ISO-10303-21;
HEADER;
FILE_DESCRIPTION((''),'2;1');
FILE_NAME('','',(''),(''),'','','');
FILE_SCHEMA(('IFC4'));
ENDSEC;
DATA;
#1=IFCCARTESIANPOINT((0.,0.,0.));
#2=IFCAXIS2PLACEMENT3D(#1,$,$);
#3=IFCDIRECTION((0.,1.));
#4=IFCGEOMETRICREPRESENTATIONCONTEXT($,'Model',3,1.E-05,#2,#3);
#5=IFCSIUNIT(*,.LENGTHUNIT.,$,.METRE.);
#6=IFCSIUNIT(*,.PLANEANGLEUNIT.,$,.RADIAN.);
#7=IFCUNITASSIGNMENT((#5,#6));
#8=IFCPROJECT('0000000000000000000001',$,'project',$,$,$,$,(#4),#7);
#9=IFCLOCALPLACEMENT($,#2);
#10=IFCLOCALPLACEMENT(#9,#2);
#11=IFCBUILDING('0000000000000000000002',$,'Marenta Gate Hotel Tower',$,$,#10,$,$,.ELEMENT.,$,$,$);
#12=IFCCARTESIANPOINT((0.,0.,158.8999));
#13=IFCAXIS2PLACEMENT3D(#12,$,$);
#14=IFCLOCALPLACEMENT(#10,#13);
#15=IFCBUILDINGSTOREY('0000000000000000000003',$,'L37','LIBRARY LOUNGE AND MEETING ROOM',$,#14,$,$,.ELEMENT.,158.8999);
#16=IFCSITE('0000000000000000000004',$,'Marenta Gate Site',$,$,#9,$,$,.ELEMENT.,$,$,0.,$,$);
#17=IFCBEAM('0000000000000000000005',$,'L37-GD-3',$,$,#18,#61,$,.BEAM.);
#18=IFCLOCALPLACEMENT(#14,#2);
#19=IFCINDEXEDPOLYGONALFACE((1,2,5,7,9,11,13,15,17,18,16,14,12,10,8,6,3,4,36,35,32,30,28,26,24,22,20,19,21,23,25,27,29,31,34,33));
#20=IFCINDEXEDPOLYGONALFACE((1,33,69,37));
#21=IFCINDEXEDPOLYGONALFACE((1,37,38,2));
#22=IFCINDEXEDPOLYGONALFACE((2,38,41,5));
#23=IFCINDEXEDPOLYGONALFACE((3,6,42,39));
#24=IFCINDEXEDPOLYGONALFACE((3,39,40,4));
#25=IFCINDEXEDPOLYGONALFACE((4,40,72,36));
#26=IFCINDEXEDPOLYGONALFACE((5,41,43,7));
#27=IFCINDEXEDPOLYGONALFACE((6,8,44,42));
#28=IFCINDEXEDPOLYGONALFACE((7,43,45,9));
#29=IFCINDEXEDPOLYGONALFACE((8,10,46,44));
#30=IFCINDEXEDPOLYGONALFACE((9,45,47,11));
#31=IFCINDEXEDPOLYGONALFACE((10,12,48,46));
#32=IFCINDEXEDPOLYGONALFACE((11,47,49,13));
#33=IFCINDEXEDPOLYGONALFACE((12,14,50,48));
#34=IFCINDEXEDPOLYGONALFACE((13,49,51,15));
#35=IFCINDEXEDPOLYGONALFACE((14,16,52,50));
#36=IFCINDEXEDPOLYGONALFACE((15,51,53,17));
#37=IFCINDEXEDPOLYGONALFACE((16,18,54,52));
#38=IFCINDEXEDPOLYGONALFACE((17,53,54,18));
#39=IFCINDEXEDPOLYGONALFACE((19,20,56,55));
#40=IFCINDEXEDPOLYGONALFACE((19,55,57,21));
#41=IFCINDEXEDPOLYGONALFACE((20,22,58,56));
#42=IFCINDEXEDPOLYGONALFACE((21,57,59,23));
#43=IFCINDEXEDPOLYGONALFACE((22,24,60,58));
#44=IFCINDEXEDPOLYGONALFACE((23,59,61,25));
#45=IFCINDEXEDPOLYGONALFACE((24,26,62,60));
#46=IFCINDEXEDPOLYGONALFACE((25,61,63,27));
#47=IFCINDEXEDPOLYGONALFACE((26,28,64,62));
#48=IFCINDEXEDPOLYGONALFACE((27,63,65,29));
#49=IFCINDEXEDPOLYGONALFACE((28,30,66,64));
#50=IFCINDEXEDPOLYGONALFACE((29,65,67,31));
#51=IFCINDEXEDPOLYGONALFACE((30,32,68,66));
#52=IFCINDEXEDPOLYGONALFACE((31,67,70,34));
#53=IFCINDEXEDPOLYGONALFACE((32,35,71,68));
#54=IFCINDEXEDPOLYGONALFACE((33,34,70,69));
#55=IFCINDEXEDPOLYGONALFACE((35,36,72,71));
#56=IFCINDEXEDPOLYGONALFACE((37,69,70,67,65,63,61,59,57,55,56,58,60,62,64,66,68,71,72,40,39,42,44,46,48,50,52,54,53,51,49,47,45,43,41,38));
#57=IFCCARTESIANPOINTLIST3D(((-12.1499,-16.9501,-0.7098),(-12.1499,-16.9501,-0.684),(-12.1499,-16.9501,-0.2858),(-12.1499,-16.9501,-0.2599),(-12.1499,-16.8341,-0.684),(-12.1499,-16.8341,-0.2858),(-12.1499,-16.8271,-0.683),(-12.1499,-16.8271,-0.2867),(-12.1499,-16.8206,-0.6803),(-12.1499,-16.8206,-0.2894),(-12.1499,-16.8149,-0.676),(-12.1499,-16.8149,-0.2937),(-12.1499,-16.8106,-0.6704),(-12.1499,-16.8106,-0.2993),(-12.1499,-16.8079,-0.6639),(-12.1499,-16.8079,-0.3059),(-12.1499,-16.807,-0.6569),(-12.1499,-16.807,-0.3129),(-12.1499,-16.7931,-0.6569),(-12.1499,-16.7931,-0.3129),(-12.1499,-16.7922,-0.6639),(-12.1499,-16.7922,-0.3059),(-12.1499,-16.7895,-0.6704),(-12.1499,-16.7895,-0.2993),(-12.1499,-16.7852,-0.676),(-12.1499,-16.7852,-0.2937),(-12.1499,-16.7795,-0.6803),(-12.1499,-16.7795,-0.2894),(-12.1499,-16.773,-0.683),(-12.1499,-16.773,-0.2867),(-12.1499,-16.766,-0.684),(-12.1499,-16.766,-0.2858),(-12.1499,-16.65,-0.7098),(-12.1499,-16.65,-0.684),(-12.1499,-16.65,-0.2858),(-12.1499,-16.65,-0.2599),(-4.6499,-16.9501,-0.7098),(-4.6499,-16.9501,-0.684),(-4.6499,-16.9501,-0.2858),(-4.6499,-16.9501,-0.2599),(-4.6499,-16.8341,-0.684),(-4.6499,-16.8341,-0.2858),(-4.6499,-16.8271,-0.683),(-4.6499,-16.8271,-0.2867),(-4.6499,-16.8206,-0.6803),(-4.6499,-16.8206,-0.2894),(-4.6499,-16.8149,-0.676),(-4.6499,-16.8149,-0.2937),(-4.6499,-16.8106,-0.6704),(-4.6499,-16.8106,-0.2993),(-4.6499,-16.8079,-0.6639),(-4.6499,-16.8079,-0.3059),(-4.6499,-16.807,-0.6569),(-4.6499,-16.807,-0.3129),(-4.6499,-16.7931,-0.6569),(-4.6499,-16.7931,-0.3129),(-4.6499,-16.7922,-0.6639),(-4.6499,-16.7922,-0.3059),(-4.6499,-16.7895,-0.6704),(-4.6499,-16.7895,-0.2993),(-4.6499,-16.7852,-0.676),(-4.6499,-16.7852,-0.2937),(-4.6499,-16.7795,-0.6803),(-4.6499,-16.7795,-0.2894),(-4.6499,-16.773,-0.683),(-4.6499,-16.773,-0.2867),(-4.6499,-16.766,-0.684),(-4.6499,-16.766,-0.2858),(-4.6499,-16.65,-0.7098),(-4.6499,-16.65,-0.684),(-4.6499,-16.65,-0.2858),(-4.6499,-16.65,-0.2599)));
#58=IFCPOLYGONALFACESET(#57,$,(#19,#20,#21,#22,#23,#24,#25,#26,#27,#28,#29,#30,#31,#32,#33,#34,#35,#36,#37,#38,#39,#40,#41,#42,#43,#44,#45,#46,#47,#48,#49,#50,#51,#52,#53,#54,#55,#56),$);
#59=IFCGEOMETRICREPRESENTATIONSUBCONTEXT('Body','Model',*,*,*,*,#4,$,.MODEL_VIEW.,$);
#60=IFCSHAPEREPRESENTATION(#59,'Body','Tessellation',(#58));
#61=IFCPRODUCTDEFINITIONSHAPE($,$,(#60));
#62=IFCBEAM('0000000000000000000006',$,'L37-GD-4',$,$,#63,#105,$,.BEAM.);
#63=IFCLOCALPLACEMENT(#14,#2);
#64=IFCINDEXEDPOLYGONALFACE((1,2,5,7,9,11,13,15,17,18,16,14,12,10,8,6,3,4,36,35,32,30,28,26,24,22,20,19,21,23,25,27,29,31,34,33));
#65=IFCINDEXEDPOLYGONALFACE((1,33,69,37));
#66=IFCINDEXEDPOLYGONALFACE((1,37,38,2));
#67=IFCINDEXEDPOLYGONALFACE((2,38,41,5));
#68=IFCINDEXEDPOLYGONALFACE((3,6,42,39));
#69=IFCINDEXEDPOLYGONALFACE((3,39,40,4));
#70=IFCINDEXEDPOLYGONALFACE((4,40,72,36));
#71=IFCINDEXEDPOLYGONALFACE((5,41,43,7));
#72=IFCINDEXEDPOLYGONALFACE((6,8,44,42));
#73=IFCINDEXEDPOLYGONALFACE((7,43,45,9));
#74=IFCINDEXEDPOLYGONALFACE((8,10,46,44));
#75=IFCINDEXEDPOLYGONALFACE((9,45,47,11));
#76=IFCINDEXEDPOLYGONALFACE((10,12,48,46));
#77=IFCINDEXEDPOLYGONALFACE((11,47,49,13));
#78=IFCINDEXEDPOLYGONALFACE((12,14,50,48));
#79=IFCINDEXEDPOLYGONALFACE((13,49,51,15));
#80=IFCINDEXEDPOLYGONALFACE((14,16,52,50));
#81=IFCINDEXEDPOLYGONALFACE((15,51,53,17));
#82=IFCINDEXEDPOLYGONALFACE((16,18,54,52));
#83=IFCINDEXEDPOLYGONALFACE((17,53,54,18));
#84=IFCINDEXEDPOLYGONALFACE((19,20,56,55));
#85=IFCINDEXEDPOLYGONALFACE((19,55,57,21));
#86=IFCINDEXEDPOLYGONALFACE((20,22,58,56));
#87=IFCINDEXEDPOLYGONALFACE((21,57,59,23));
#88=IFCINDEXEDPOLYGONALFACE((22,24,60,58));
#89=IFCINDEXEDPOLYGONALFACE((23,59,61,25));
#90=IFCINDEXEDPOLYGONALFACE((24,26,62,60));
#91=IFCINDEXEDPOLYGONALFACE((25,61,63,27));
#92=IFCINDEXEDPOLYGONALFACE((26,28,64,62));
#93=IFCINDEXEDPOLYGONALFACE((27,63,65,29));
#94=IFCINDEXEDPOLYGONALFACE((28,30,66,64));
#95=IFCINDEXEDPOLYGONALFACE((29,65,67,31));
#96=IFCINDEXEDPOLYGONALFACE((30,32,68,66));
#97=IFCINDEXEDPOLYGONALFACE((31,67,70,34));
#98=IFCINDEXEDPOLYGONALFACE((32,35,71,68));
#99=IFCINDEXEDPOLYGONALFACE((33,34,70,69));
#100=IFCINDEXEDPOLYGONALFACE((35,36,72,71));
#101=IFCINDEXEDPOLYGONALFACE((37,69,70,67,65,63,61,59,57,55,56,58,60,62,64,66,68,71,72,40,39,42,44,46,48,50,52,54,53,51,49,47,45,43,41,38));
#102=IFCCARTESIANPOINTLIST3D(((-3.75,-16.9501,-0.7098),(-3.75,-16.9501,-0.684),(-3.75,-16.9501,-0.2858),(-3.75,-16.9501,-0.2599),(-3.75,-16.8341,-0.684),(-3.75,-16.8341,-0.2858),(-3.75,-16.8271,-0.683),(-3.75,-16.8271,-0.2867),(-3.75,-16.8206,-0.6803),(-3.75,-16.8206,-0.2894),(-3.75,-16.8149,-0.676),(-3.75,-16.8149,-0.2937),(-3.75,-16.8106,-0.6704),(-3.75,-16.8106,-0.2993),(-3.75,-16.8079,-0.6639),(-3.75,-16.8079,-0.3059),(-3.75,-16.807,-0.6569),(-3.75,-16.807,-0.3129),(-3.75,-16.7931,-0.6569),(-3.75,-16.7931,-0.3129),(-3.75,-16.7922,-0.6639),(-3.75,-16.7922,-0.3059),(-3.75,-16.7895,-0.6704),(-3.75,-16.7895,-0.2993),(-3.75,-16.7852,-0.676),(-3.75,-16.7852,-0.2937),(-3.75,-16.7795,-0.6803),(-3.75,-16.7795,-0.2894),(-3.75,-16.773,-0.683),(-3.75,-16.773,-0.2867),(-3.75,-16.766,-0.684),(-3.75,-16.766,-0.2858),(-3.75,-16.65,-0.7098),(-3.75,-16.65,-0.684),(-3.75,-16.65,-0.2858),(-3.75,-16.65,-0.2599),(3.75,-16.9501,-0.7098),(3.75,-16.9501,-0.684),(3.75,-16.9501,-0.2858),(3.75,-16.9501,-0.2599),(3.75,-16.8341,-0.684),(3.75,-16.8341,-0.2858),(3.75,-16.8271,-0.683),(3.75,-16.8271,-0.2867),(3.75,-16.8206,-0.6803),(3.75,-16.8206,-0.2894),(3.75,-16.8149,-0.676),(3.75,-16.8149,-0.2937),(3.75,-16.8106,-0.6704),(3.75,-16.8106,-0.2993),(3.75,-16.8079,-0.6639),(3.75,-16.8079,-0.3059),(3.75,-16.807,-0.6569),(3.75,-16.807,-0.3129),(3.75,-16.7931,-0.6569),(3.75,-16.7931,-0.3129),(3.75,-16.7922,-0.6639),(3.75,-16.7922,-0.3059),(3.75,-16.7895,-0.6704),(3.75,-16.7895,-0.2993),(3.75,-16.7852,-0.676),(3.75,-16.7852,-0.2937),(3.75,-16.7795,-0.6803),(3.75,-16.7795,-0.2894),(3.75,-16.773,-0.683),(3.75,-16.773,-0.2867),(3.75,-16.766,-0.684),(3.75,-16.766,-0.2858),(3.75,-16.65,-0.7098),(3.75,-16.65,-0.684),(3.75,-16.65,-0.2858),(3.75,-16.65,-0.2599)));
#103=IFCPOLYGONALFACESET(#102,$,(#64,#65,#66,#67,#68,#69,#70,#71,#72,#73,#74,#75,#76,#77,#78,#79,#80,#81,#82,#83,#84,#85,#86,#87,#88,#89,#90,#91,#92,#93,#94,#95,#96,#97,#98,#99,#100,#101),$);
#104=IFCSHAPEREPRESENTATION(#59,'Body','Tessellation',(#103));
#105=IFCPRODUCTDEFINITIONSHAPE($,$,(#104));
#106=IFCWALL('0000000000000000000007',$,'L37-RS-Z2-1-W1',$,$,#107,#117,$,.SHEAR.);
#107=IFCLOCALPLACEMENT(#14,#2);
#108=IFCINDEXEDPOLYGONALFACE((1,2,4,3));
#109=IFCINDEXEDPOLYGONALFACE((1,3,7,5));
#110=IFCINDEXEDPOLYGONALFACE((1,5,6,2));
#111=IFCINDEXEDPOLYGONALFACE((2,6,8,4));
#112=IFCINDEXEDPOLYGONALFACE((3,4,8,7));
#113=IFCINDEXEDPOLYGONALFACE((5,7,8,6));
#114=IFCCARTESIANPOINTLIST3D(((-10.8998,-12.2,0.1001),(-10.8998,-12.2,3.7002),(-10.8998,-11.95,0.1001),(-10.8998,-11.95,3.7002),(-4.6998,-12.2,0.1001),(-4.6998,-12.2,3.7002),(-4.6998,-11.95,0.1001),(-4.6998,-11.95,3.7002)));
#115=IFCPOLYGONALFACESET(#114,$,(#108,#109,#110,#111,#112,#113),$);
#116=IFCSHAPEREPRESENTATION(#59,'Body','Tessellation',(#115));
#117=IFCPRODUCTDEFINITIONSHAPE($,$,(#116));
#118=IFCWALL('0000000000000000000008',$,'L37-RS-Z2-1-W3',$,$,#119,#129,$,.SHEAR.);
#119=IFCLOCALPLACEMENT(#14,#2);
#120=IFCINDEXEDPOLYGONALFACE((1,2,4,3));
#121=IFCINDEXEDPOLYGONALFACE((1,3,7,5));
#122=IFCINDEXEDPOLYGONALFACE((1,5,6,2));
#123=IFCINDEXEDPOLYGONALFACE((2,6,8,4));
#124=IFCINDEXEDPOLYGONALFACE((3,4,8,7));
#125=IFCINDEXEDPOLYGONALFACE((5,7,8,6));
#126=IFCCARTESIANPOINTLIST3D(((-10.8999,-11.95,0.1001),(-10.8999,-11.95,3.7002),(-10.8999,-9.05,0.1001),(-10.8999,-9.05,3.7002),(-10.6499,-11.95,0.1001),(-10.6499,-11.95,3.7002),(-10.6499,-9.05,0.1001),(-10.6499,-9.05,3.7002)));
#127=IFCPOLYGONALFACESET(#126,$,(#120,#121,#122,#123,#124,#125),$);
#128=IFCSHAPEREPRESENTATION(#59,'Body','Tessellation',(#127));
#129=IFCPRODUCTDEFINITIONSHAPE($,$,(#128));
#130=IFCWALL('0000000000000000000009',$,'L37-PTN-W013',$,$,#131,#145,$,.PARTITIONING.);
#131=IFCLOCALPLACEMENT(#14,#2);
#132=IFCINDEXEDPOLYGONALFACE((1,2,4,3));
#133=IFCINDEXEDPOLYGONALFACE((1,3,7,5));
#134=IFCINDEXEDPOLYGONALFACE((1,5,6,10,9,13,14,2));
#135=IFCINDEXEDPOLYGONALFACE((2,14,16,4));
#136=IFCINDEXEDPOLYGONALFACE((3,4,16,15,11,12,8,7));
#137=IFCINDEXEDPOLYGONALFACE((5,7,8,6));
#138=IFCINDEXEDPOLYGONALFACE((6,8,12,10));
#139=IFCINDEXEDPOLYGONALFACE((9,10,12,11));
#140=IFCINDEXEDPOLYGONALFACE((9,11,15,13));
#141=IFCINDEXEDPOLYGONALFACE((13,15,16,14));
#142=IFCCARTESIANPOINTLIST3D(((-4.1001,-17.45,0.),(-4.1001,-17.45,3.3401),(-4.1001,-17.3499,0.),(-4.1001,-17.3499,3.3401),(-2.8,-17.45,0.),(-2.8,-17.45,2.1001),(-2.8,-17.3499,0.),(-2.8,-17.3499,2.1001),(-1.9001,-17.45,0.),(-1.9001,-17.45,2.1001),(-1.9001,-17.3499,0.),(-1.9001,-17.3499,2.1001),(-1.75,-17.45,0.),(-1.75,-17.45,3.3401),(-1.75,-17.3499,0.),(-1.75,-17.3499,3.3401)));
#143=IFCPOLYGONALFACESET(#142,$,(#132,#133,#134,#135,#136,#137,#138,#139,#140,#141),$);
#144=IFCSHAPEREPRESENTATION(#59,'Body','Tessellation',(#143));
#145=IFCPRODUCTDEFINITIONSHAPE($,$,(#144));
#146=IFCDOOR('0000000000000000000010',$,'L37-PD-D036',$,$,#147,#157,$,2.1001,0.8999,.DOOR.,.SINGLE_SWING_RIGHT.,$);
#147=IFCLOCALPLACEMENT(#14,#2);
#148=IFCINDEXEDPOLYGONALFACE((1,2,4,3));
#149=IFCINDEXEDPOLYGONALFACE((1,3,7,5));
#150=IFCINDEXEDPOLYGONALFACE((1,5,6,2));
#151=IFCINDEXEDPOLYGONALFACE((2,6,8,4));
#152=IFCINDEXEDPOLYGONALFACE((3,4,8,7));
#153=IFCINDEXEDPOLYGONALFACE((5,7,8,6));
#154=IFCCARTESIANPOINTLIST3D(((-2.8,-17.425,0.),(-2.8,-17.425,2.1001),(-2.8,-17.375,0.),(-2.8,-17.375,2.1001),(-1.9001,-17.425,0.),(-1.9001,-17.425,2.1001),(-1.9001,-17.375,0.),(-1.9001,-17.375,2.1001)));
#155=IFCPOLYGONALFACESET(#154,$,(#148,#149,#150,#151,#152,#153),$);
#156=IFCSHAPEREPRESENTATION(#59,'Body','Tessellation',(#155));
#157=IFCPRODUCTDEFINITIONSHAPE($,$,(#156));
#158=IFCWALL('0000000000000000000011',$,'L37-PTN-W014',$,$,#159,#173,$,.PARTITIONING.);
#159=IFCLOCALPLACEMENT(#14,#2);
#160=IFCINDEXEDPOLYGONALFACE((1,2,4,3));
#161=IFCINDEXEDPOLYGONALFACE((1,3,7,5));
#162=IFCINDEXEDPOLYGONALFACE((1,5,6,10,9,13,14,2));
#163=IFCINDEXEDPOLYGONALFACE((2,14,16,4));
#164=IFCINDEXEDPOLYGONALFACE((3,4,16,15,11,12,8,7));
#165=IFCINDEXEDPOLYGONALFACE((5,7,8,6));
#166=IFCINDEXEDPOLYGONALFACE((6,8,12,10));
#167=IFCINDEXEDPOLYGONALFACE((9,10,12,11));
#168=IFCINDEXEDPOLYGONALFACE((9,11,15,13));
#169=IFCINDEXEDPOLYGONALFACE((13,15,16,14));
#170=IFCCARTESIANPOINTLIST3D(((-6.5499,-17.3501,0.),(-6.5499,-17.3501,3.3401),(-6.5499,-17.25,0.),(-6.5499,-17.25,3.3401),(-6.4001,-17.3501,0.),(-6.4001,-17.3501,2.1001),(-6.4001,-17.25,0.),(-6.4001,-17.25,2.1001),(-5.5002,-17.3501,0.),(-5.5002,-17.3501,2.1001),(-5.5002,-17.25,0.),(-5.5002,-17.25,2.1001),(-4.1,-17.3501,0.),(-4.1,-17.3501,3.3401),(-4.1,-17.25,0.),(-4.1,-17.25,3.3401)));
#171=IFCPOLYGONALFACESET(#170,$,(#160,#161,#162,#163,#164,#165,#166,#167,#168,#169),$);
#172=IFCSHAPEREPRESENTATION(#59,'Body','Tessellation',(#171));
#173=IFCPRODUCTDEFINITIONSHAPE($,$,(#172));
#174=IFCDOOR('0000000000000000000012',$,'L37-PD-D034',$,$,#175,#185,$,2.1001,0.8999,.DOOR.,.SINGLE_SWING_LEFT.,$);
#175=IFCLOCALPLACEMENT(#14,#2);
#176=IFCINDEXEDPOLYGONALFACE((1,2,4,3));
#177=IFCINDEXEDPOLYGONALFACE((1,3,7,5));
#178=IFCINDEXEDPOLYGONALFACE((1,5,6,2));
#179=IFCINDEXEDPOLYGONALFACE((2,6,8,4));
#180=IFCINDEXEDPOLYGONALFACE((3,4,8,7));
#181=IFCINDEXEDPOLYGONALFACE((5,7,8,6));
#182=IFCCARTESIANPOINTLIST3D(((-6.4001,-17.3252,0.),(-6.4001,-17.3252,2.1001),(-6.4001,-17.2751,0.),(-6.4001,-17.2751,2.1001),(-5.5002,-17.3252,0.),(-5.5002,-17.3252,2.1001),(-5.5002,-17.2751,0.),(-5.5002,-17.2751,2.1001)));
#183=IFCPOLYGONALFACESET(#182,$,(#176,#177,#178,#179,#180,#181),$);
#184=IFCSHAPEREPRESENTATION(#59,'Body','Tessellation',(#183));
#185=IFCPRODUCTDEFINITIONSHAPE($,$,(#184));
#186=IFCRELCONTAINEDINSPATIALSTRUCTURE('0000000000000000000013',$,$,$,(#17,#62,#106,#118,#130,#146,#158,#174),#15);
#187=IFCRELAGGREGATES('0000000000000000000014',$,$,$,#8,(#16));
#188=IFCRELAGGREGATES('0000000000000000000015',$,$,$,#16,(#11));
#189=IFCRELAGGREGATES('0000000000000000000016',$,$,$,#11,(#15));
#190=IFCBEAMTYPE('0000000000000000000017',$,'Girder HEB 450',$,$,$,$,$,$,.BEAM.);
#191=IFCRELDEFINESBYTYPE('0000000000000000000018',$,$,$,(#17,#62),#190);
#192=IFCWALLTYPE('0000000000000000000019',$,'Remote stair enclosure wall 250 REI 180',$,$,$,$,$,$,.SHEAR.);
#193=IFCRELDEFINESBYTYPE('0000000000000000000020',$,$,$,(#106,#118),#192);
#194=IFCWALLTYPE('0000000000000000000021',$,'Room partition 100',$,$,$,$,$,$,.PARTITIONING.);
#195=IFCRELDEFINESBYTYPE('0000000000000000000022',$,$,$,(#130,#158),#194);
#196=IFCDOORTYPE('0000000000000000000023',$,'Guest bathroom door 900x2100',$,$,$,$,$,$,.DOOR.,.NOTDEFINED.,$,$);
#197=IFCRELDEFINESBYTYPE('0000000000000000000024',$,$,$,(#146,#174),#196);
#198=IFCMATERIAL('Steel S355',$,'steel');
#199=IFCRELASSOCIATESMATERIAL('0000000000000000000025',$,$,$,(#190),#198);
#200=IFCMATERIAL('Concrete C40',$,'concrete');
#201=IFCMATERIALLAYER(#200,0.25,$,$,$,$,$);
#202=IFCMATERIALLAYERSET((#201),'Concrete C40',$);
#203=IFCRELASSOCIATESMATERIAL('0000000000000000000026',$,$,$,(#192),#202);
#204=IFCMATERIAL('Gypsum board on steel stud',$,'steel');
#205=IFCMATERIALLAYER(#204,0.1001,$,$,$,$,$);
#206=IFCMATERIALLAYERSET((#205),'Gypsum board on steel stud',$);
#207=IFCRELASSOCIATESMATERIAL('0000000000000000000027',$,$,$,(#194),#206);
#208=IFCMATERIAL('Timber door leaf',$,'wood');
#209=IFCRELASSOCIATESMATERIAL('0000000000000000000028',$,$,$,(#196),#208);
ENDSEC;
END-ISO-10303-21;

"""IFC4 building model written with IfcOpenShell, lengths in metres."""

from ifc_helpers import new_model, si_unit, direction, frame, frame_2d, origin, origin_2d, place, context, subcontext, project, spatial, rectangle, i_section, extrude, material, layer, layer_set, material_profile, profile_set, type_object, element, fill, save


model = new_model("IFC4")

# Units and contexts
model_context = context("Model", 3, precision=1e-05, world=origin(), true_north=direction((0.0, 1.0)))
body_context = subcontext(model_context, "Body", "Model", "MODEL_VIEW")
ifc_project = project(units=[si_unit("LENGTHUNIT", "METRE"), si_unit("PLANEANGLEUNIT", "RADIAN")], contexts=[model_context])

# Site, building, storey
site_placement = place(None, origin())
site = spatial("IfcSite", under=ifc_project, at=site_placement, Name="Marenta Gate Site", CompositionType="ELEMENT", RefElevation=0.0)
building_placement = place(site_placement, origin())
building = spatial("IfcBuilding", under=site, at=building_placement, Name="Marenta Gate Hotel Tower", CompositionType="ELEMENT")
storey_placement = place(building_placement, frame((0.0, 0.0, 158.8999)))
storey = spatial("IfcBuildingStorey", under=building, at=storey_placement, Name="L37", Description="LIBRARY LOUNGE AND MEETING ROOM", CompositionType="ELEMENT", Elevation=158.8999)

# Beams
ifc_material_1 = material(Name="Steel S355", Category="steel")
ifc_material_profile_1 = material_profile(ifc_material_1, i_section(OverallWidth=0.3, OverallDepth=0.45, WebThickness=0.0139, FlangeThickness=0.0259, FilletRadius=0.0271, at=origin_2d()), Name="HEB 450")
ifc_profile_set_1 = profile_set([ifc_material_profile_1], Name="Steel S355")
beam_type_1 = type_object("IfcBeamType", Name="Girder HEB 450", PredefinedType="BEAM", material=ifc_profile_set_1)
for number, where, z_axis, x_axis, name in (
    (1, (-12.1499, -16.8, -0.4849), (1.0, 0.0, 0.0), (0.0, 1.0, 0.0), "L37-GD-3"),
    (2, (-3.75, -16.8, -0.4849), (1.0, 0.0, 0.0), (0.0, 1.0, 0.0), "L37-GD-4"),
):
    element("IfcBeam", number, at=place(storey_placement, frame(where, z_axis=z_axis, x_axis=x_axis)), inside=storey, type_object=beam_type_1, Name=name, PredefinedType="BEAM", context=body_context, shape_type="SweptSolid", body=[
        extrude(i_section(OverallWidth=0.3, OverallDepth=0.45, WebThickness=0.0139, FlangeThickness=0.0259, FilletRadius=0.0271, at=origin_2d()), origin(), (0.0, 0.0, 1.0), 7.5),
    ])

# Walls
ifc_material_2 = material(Name="Concrete C40", Category="concrete")
ifc_layer_1 = layer(ifc_material_2, 0.25)
ifc_layer_set_1 = layer_set([ifc_layer_1], Name="Concrete C40")
wall_type_1 = type_object("IfcWallType", Name="Remote stair enclosure wall 250 REI 180", PredefinedType="SHEAR", material=ifc_layer_set_1)
wall_1_placement = place(storey_placement, frame((-10.8999, -12.075, 0.1001), z_axis=(0.0, 0.0, 1.0), x_axis=(1.0, 0.0, 0.0)))
element("IfcWall", 3, at=wall_1_placement, inside=storey, type_object=wall_type_1, Name="L37-RS-Z2-1-W1", PredefinedType="SHEAR", context=body_context, shape_type="SweptSolid", body=[
    extrude(rectangle(XDim=6.2, YDim=0.25, at=frame_2d((3.1001, 0.0))), origin(), (0.0, 0.0, 1.0), 3.6001),
])
wall_2_placement = place(storey_placement, frame((-10.7749, -11.95, 0.1001), z_axis=(0.0, 0.0, 1.0), x_axis=(0.0, 1.0, 0.0)))
element("IfcWall", 4, at=wall_2_placement, inside=storey, type_object=wall_type_1, Name="L37-RS-Z2-1-W3", PredefinedType="SHEAR", context=body_context, shape_type="SweptSolid", body=[
    extrude(rectangle(XDim=2.8999, YDim=0.25, at=frame_2d((1.45, 0.0))), origin(), (0.0, 0.0, 1.0), 3.6001),
])

# Walls, openings, doors
ifc_material_3 = material(Name="Gypsum board on steel stud", Category="steel")
ifc_layer_2 = layer(ifc_material_3, 0.1001)
ifc_layer_set_2 = layer_set([ifc_layer_2], Name="Gypsum board on steel stud")
wall_type_2 = type_object("IfcWallType", Name="Room partition 100", PredefinedType="PARTITIONING", material=ifc_layer_set_2)
wall_3_placement = place(storey_placement, frame((-4.1001, -17.3999, 0.0), z_axis=(0.0, 0.0, 1.0), x_axis=(1.0, 0.0, 0.0)))
wall_3 = element("IfcWall", 5, at=wall_3_placement, inside=storey, type_object=wall_type_2, Name="L37-PTN-W013", PredefinedType="PARTITIONING", context=body_context, shape_type="SweptSolid", body=[
    extrude(rectangle(XDim=2.3501, YDim=0.1001, at=frame_2d((1.175, 0.0))), origin(), (0.0, 0.0, 1.0), 3.3401),
])
opening_1_placement = place(wall_3_placement, frame((1.3, 0.0, 0.0)))
opening_1 = element("IfcOpeningElement", 6, at=opening_1_placement, cuts=wall_3, PredefinedType="OPENING", context=body_context, shape_type="SweptSolid", body=[
    extrude(rectangle(XDim=0.8999, YDim=2.1001, at=frame_2d((0.45, 1.05))), frame((0.0, 0.05, 0.0), z_axis=(0.0, -1.0, 0.0), x_axis=(1.0, 0.0, 0.0)), (0.0, 0.0, 1.0), 0.1001),
])
ifc_material_4 = material(Name="Timber door leaf", Category="wood")
door_type_1 = type_object("IfcDoorType", Name="Guest bathroom door 900x2100", OperationType="NOTDEFINED", PredefinedType="DOOR", material=ifc_material_4)
door_1_placement = place(opening_1_placement, origin())
door_1 = element("IfcDoor", 7, at=door_1_placement, inside=storey, type_object=door_type_1, Name="L37-PD-D036", OperationType="SINGLE_SWING_RIGHT", OverallHeight=2.1001, OverallWidth=0.8999, PredefinedType="DOOR", context=body_context, shape_type="SweptSolid", body=[
    extrude(rectangle(XDim=0.8999, YDim=2.1001, at=frame_2d((0.45, 1.05))), frame((0.0, 0.0249, 0.0), z_axis=(0.0, -1.0, 0.0), x_axis=(1.0, 0.0, 0.0)), (0.0, 0.0, 1.0), 0.05),
])
fill(opening_1, door_1)
wall_4_placement = place(storey_placement, frame((-6.55, -17.3, 0.0), z_axis=(0.0, 0.0, 1.0), x_axis=(1.0, 0.0, 0.0)))
wall_4 = element("IfcWall", 8, at=wall_4_placement, inside=storey, type_object=wall_type_2, Name="L37-PTN-W014", PredefinedType="PARTITIONING", context=body_context, shape_type="SweptSolid", body=[
    extrude(rectangle(XDim=2.45, YDim=0.1001, at=frame_2d((1.2251, 0.0))), origin(), (0.0, 0.0, 1.0), 3.3401),
])
opening_2_placement = place(wall_4_placement, frame((0.1499, 0.0, 0.0)))
opening_2 = element("IfcOpeningElement", 9, at=opening_2_placement, cuts=wall_4, PredefinedType="OPENING", context=body_context, shape_type="SweptSolid", body=[
    extrude(rectangle(XDim=0.8999, YDim=2.1001, at=frame_2d((0.45, 1.05))), frame((0.0, 0.05, 0.0), z_axis=(0.0, -1.0, 0.0), x_axis=(1.0, 0.0, 0.0)), (0.0, 0.0, 1.0), 0.1001),
])
door_2_placement = place(opening_2_placement, origin())
door_2 = element("IfcDoor", 10, at=door_2_placement, inside=storey, type_object=door_type_1, Name="L37-PD-D034", OperationType="SINGLE_SWING_LEFT", OverallHeight=2.1001, OverallWidth=0.8999, PredefinedType="DOOR", context=body_context, shape_type="SweptSolid", body=[
    extrude(rectangle(XDim=0.8999, YDim=2.1001, at=frame_2d((0.45, 1.05))), frame((0.0, 0.0249, 0.0), z_axis=(0.0, -1.0, 0.0), x_axis=(1.0, 0.0, 0.0)), (0.0, 0.0, 1.0), 0.05),
])
fill(opening_2, door_2)

save(model, "model.ifc")
